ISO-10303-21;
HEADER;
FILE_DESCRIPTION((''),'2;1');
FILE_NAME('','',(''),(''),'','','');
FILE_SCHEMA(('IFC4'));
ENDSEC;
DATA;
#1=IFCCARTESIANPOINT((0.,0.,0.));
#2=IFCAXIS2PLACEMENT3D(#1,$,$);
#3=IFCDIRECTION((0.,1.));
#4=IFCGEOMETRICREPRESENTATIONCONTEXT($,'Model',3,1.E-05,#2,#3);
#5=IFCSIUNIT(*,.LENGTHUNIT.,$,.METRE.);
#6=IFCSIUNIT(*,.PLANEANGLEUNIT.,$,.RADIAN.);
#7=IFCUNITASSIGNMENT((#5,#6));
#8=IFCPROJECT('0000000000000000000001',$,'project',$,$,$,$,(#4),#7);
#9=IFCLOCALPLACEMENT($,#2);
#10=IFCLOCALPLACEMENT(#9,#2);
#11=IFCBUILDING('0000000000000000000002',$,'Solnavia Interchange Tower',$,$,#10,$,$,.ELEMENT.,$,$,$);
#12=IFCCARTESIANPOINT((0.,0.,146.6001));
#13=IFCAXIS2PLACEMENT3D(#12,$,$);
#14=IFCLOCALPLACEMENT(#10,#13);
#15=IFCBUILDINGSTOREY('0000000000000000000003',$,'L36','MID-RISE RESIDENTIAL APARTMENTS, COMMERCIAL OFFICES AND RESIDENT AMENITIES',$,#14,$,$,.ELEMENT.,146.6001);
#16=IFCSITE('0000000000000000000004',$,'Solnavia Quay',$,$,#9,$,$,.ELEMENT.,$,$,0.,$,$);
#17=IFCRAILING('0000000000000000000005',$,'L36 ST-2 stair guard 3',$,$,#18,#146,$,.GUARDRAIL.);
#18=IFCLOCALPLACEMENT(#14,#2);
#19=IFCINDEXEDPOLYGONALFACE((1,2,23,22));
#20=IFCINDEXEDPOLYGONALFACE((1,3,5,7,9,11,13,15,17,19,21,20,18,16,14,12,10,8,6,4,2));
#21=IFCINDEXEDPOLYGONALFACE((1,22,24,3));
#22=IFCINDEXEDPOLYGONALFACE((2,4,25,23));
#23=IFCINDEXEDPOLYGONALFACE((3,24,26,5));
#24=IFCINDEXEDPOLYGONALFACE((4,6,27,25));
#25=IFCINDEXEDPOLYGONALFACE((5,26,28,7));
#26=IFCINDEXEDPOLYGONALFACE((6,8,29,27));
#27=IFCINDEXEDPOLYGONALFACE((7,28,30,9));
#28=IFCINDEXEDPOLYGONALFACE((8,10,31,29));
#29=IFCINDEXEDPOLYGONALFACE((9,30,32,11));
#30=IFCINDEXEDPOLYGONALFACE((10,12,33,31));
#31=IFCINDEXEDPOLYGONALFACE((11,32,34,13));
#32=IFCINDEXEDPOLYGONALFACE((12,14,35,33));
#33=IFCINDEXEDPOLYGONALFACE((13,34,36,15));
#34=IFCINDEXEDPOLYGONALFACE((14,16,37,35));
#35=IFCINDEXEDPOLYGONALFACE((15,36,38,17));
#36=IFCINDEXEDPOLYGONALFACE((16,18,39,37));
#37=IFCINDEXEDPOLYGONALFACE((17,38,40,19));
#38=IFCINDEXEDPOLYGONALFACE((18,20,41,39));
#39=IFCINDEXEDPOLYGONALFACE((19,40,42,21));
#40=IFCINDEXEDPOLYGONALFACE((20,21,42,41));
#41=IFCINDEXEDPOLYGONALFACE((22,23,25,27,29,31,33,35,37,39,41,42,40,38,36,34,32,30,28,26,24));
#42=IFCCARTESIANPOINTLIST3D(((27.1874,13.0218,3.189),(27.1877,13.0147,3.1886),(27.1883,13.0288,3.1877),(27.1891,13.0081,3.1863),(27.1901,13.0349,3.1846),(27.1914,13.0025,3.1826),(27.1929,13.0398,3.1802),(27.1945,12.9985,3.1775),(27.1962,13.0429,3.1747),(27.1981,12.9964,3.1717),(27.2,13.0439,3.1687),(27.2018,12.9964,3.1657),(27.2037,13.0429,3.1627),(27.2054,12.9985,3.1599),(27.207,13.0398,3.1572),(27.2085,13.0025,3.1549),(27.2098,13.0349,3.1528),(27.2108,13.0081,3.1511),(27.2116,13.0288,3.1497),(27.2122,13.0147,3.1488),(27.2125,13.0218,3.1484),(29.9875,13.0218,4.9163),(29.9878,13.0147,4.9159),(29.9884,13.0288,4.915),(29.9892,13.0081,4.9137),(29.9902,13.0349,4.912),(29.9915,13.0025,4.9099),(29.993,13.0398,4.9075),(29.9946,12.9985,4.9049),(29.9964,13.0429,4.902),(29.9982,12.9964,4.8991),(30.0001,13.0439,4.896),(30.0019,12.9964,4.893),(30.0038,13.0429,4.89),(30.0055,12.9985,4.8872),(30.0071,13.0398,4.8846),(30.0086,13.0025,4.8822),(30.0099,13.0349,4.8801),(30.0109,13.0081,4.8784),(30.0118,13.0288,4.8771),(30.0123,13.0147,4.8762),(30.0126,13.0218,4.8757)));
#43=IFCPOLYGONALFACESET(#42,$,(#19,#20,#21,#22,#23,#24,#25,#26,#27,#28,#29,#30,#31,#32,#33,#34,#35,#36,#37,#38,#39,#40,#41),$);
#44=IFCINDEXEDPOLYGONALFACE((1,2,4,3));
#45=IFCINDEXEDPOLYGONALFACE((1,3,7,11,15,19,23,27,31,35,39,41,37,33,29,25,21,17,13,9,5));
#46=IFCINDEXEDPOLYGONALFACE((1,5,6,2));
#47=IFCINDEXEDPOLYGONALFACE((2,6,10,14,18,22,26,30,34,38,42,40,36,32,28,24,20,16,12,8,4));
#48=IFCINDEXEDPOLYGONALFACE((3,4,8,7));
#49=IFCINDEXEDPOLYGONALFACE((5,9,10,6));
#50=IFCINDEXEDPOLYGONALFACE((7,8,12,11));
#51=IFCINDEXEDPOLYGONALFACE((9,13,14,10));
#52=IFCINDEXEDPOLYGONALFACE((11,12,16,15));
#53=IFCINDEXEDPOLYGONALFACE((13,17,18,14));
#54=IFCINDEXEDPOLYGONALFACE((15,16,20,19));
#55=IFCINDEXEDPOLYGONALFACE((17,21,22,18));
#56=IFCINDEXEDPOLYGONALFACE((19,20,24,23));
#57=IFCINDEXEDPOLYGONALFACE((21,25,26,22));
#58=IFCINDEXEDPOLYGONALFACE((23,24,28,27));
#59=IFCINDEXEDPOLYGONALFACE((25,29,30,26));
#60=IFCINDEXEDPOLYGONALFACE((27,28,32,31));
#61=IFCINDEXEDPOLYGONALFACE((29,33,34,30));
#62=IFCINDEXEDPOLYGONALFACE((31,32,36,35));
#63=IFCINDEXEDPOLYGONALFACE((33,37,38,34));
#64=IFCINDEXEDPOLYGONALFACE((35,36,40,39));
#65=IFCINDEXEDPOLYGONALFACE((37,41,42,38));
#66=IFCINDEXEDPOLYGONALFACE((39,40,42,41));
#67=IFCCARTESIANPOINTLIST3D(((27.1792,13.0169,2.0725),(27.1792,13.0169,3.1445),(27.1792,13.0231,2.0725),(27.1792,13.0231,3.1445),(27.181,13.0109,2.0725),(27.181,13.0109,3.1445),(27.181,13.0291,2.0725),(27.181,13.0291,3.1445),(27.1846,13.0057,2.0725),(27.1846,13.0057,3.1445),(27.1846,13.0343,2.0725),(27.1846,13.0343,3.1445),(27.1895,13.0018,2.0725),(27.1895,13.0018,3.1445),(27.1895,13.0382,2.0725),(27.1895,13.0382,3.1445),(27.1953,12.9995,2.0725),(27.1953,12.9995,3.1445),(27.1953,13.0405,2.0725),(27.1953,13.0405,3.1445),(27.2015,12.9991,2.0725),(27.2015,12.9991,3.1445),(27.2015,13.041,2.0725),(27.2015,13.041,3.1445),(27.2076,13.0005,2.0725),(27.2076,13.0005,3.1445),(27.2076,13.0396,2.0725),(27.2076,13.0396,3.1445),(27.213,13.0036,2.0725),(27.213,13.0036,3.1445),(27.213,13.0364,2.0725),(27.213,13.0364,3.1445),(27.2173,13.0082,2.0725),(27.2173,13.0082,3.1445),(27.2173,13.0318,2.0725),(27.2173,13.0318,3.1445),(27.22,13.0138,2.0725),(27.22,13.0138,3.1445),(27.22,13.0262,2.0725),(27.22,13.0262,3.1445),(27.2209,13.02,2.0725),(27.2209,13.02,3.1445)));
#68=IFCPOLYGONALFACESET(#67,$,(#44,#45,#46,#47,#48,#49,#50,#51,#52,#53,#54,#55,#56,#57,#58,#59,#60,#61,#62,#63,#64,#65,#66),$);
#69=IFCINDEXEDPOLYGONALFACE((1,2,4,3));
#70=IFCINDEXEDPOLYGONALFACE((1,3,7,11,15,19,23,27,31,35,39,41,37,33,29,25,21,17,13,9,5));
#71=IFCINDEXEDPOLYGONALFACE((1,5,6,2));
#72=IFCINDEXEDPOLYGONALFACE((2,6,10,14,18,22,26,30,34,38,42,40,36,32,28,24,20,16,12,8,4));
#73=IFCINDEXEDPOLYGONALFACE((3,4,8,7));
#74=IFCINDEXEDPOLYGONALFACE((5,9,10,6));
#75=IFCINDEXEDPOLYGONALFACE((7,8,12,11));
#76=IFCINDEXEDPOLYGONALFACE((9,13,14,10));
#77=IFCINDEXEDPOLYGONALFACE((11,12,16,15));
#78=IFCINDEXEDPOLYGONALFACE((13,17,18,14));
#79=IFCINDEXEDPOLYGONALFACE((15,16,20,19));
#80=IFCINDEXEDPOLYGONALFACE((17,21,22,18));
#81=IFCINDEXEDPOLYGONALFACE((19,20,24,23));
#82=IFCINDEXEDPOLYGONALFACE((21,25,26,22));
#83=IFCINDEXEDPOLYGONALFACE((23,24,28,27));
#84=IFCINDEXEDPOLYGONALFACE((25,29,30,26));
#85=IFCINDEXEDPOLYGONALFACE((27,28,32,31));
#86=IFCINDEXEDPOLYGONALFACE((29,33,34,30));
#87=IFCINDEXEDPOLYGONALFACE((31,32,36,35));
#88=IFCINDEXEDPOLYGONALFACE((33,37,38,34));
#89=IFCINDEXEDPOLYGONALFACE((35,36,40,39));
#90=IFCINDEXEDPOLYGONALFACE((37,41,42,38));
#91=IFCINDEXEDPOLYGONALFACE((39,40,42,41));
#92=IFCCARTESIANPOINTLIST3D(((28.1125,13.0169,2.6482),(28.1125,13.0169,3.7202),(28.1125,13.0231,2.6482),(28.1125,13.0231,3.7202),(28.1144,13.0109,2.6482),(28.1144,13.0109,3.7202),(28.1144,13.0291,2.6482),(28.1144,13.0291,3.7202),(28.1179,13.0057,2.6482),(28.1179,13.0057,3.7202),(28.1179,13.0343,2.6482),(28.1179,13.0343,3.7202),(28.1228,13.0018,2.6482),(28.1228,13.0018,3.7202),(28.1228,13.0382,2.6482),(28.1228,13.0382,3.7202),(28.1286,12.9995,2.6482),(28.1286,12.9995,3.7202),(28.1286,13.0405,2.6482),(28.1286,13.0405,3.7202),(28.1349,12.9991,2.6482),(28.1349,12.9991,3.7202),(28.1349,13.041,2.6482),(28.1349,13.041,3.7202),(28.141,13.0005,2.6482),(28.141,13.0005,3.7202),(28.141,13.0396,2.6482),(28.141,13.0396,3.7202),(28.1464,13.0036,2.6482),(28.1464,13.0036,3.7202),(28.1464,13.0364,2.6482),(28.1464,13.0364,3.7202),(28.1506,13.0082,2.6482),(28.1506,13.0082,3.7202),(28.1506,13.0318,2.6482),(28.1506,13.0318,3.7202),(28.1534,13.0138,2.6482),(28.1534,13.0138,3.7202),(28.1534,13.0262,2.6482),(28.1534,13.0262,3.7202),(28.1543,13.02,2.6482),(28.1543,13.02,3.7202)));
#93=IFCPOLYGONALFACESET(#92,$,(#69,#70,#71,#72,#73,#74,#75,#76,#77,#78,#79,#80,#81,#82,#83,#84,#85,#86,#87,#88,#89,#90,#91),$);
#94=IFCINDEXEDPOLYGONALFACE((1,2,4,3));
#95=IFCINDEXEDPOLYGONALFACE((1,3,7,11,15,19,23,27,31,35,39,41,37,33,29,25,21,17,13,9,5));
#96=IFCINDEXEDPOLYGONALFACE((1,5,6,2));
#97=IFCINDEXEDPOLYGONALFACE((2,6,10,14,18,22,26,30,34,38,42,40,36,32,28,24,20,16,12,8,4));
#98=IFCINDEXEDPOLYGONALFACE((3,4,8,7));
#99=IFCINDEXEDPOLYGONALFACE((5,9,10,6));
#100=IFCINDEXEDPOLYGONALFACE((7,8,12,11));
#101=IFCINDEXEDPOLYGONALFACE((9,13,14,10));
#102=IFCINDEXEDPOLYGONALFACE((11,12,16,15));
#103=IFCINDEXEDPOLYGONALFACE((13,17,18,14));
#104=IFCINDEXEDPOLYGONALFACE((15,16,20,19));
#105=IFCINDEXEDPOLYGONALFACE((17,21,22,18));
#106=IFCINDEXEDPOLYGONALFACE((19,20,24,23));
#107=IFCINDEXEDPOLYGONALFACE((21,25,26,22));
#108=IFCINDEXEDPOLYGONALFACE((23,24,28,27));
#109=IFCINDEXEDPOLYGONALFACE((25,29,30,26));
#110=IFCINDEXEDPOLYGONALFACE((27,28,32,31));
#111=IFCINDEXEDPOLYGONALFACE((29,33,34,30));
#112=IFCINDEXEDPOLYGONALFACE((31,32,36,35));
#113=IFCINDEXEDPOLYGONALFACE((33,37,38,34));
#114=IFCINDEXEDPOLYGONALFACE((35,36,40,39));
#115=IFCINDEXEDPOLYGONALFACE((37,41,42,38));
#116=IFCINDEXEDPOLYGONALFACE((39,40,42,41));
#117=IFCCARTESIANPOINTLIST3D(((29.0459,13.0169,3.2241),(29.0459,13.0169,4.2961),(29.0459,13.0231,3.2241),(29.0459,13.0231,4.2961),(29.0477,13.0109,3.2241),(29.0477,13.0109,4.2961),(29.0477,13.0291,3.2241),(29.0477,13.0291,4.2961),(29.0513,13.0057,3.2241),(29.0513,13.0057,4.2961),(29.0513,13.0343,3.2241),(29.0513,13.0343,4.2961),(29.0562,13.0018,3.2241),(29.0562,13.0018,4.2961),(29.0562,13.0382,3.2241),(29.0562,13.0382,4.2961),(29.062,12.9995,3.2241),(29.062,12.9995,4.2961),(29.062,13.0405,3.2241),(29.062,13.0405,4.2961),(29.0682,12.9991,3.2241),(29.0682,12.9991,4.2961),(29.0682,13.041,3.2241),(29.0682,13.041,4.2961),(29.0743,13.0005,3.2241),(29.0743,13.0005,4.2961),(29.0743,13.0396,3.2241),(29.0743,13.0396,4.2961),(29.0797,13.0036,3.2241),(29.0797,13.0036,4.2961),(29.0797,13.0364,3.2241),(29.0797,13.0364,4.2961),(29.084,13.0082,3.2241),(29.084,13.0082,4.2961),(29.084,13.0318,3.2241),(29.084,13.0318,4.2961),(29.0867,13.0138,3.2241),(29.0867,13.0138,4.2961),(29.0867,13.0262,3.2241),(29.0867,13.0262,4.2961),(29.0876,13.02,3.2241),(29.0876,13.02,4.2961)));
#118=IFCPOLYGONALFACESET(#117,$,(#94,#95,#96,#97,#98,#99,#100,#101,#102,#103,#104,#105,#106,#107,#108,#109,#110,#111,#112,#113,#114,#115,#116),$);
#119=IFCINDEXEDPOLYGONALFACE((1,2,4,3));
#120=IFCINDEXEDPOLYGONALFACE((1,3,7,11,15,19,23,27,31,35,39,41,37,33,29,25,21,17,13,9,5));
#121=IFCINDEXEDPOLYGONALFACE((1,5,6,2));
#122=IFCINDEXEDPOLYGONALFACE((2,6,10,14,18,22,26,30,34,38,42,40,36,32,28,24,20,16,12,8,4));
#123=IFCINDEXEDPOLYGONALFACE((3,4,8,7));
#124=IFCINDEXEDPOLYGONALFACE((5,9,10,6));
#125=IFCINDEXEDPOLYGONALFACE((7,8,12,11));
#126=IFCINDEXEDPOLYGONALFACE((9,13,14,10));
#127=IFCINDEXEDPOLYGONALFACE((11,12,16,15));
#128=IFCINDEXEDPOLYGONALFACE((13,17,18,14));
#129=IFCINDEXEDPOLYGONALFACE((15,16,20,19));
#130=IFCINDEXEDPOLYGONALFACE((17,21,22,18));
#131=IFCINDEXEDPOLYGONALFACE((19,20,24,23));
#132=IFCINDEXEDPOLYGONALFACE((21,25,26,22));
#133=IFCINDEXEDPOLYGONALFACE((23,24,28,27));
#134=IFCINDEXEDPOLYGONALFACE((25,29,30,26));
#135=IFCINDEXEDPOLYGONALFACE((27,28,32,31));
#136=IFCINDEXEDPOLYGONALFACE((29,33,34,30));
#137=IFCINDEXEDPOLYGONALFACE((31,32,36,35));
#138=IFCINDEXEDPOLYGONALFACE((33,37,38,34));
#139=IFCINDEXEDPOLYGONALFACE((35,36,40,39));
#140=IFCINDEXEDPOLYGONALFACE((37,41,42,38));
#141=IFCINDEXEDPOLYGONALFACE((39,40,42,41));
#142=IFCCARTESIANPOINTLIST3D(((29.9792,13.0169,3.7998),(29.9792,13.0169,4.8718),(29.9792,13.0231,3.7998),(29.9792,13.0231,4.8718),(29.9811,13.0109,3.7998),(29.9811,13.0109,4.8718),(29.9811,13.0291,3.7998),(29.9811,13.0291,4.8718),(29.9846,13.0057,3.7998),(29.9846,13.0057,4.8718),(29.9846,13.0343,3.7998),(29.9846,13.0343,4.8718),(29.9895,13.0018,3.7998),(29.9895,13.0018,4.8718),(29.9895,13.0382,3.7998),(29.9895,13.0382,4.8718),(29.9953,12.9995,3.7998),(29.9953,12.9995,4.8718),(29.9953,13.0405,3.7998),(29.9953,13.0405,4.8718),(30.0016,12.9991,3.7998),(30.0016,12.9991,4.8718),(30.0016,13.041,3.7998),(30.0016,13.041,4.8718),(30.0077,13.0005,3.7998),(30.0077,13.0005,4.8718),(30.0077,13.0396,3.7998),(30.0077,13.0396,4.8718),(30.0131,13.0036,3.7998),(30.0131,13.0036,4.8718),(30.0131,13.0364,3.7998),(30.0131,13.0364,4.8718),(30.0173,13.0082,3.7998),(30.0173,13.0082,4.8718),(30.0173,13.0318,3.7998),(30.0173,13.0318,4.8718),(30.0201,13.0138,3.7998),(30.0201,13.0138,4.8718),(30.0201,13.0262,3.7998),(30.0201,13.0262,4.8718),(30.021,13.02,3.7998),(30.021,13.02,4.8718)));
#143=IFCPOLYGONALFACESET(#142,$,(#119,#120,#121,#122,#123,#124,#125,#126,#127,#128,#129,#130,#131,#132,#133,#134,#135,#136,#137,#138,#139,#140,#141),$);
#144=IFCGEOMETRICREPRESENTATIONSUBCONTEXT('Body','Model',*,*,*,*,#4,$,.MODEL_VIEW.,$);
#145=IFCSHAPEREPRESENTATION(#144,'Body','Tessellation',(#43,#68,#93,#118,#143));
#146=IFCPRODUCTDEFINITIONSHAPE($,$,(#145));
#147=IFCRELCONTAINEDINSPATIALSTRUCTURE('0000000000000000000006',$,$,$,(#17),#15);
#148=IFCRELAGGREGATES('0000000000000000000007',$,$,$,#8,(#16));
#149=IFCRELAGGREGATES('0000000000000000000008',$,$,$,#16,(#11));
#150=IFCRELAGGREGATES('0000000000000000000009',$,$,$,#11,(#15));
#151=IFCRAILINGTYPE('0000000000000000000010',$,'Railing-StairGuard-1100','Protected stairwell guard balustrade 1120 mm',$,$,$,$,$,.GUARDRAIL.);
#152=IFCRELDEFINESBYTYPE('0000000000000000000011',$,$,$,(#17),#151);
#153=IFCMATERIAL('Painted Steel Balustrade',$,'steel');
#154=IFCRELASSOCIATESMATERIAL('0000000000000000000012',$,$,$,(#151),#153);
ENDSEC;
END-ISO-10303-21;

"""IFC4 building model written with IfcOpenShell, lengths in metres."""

from ifc_helpers import new_model, si_unit, direction, frame, origin, origin_2d, place, context, subcontext, project, spatial, circle, extrude, material, type_object, element, save


model = new_model("IFC4")

# Units and contexts
model_context = context("Model", 3, precision=1e-05, world=origin(), true_north=direction((0.0, 1.0)))
body_context = subcontext(model_context, "Body", "Model", "MODEL_VIEW")
ifc_project = project(units=[si_unit("LENGTHUNIT", "METRE"), si_unit("PLANEANGLEUNIT", "RADIAN")], contexts=[model_context])

# Site, building, storey
site_placement = place(None, origin())
site = spatial("IfcSite", under=ifc_project, at=site_placement, Name="Solnavia Quay", CompositionType="ELEMENT", RefElevation=0.0)
building_placement = place(site_placement, origin())
building = spatial("IfcBuilding", under=site, at=building_placement, Name="Solnavia Interchange Tower", CompositionType="ELEMENT")
storey_placement = place(building_placement, frame((0.0, 0.0, 146.6001)))
storey = spatial("IfcBuildingStorey", under=building, at=storey_placement, Name="L36", Description="MID-RISE RESIDENTIAL APARTMENTS, COMMERCIAL OFFICES AND RESIDENT AMENITIES", CompositionType="ELEMENT", Elevation=146.6001)

# Railing
ifc_material_1 = material(Name="Painted Steel Balustrade", Category="steel")
railing_type_1 = type_object("IfcRailingType", Name="Railing-StairGuard-1100", Description="Protected stairwell guard balustrade 1120 mm", PredefinedType="GUARDRAIL", material=ifc_material_1)
railing_1_placement = place(storey_placement, frame((27.2, 13.02, 2.0725)))
element("IfcRailing", 1, at=railing_1_placement, inside=storey, type_object=railing_type_1, Name="L36 ST-2 stair guard 3", PredefinedType="GUARDRAIL", context=body_context, shape_type="SweptSolid", body=[
    extrude(circle(Radius=0.0239, at=origin_2d()), frame((0.0, 0.0, 1.0962), z_axis=(0.85109, 0.0, 0.52502), x_axis=(0.0, 1.0, 0.0)), (0.0, 0.0, 1.0), 3.29),
    extrude(circle(Radius=0.021, at=origin_2d()), origin(), (0.0, 0.0, 1.0), 1.072),
    extrude(circle(Radius=0.021, at=origin_2d()), frame((0.9333, 0.0, 0.5757)), (0.0, 0.0, 1.0), 1.072),
    extrude(circle(Radius=0.021, at=origin_2d()), frame((1.8667, 0.0, 1.1516)), (0.0, 0.0, 1.0), 1.072),
    extrude(circle(Radius=0.021, at=origin_2d()), frame((2.8, 0.0, 1.7273)), (0.0, 0.0, 1.0), 1.072),
])

save(model, "model.ifc")
